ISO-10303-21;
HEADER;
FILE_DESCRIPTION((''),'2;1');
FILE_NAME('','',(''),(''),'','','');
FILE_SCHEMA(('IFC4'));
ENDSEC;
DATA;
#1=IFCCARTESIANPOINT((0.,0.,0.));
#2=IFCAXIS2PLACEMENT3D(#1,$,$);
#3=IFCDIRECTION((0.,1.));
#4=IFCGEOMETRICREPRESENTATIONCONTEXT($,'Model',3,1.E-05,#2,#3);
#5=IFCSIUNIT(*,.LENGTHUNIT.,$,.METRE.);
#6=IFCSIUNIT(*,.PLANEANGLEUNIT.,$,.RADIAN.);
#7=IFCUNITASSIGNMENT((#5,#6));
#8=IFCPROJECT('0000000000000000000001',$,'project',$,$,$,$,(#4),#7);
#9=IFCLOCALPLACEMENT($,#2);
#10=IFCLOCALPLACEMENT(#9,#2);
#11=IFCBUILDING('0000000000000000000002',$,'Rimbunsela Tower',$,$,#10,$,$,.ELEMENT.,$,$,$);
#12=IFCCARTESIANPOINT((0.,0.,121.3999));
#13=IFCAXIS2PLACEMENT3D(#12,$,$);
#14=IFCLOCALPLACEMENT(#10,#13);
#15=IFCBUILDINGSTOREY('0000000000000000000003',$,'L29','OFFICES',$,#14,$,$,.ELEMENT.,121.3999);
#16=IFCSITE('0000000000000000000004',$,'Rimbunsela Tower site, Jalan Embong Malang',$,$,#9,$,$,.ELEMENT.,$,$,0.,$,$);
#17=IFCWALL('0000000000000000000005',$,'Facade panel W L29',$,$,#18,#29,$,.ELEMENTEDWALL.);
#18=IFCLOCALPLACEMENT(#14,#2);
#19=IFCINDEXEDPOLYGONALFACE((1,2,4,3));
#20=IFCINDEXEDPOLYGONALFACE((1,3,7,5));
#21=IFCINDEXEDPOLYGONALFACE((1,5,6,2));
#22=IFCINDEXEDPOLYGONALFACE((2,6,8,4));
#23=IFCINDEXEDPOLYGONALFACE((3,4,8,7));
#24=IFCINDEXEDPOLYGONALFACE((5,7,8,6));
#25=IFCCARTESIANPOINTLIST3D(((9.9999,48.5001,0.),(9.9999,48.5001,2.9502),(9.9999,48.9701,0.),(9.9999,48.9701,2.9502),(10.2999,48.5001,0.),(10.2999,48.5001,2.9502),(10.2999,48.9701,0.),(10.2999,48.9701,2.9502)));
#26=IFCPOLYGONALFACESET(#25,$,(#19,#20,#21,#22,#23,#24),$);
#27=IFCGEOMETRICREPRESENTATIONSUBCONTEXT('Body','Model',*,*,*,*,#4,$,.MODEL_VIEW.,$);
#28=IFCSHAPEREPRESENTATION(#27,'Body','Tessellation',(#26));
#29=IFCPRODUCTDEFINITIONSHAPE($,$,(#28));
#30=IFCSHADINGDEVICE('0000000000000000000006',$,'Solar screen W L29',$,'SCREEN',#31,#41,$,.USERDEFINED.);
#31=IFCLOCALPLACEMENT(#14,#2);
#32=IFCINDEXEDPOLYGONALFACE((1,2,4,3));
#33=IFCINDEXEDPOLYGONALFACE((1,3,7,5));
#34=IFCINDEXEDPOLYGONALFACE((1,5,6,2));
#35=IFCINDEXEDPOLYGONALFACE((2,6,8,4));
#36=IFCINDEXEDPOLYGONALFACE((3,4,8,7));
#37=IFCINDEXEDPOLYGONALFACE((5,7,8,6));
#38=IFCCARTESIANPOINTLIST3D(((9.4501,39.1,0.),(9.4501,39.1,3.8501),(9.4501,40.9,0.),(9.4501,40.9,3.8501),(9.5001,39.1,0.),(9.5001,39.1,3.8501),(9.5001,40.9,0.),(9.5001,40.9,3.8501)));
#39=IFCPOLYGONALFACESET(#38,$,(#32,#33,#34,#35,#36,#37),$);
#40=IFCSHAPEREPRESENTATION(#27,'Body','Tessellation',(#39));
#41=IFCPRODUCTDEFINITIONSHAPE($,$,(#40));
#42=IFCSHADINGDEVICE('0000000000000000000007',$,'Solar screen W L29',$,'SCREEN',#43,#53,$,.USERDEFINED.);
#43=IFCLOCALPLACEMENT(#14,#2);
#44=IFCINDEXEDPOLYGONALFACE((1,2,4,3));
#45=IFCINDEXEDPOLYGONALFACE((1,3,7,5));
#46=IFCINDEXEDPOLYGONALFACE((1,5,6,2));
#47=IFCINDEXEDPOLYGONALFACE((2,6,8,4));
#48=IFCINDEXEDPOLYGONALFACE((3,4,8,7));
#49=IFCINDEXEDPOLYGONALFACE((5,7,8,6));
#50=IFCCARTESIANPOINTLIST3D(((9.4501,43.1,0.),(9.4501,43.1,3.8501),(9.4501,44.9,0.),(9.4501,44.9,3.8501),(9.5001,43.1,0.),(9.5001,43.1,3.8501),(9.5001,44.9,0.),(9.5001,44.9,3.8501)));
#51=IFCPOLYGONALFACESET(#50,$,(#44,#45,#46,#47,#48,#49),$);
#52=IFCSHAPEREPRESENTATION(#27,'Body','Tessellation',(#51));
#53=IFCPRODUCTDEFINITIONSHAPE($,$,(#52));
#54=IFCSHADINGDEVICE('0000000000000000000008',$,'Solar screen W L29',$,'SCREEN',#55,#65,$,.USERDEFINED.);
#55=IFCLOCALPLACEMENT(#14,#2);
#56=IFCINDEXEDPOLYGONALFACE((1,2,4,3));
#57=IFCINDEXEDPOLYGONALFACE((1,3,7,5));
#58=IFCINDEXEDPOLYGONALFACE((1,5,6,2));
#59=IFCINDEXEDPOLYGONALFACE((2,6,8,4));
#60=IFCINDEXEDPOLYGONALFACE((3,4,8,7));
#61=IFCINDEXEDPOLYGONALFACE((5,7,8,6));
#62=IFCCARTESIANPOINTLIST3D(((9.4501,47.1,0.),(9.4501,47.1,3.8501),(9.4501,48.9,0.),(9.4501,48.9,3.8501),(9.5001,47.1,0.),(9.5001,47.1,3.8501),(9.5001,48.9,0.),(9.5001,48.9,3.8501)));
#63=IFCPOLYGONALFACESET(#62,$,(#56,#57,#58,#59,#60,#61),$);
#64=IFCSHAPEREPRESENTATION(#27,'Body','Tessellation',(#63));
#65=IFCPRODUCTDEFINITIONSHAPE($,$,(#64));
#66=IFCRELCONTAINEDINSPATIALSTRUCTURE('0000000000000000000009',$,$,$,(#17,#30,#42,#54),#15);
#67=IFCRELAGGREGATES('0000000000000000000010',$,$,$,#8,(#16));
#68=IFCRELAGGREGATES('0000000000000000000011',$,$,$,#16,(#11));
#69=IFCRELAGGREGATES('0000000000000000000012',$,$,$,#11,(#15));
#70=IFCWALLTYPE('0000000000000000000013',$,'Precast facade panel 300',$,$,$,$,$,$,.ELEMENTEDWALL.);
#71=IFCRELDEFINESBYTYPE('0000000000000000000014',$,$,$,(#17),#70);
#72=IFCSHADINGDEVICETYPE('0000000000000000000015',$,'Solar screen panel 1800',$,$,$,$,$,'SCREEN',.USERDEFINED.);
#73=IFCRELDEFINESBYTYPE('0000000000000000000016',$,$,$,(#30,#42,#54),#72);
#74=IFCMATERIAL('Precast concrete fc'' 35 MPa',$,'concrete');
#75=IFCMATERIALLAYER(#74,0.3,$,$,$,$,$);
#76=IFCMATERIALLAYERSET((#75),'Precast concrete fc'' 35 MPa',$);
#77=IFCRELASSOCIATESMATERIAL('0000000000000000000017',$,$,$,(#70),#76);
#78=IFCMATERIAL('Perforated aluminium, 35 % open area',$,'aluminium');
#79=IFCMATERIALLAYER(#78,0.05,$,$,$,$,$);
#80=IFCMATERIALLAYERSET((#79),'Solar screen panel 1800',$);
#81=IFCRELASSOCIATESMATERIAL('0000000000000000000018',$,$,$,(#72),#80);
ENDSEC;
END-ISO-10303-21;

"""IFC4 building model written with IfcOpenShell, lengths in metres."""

from ifc_helpers import new_model, si_unit, direction, frame, frame_2d, origin, origin_2d, place, context, subcontext, project, spatial, rectangle, extrude, material, layer, layer_set, type_object, element, save


model = new_model("IFC4")

# Units and contexts
model_context = context("Model", 3, precision=1e-05, world=origin(), true_north=direction((0.0, 1.0)))
body_context = subcontext(model_context, "Body", "Model", "MODEL_VIEW")
ifc_project = project(units=[si_unit("LENGTHUNIT", "METRE"), si_unit("PLANEANGLEUNIT", "RADIAN")], contexts=[model_context])

# Site, building, storey
site_placement = place(None, origin())
site = spatial("IfcSite", under=ifc_project, at=site_placement, Name="Rimbunsela Tower site, Jalan Embong Malang", CompositionType="ELEMENT", RefElevation=0.0)
building_placement = place(site_placement, origin())
building = spatial("IfcBuilding", under=site, at=building_placement, Name="Rimbunsela Tower", CompositionType="ELEMENT")
storey_placement = place(building_placement, frame((0.0, 0.0, 121.3999)))
storey = spatial("IfcBuildingStorey", under=building, at=storey_placement, Name="L29", Description="OFFICES", CompositionType="ELEMENT", Elevation=121.3999)

# Shared definitions
ifc_material_1 = material(Name="Precast concrete fc' 35 MPa", Category="concrete")
ifc_layer_1 = layer(ifc_material_1, 0.3)
ifc_layer_set_1 = layer_set([ifc_layer_1], Name="Precast concrete fc' 35 MPa")
wall_type = type_object("IfcWallType", Name="Precast facade panel 300", PredefinedType="ELEMENTEDWALL", material=ifc_layer_set_1)

# Wall
wall_1_placement = place(storey_placement, frame((10.1499, 48.97, 0.0), z_axis=(0.0, 0.0, 1.0), x_axis=(0.0, -1.0, 0.0)))
element("IfcWall", 1, at=wall_1_placement, inside=storey, type_object=wall_type, Name="Facade panel W L29", PredefinedType="ELEMENTEDWALL", context=body_context, shape_type="SweptSolid", body=[
    extrude(rectangle(XDim=0.47, YDim=0.3, at=frame_2d((0.2349, 0.0))), origin(), (0.0, 0.0, 1.0), 2.9502),
])

# Shading devices
ifc_material_2 = material(Name="Perforated aluminium, 35 % open area", Category="aluminium")
ifc_layer_2 = layer(ifc_material_2, 0.05)
ifc_layer_set_2 = layer_set([ifc_layer_2], Name="Solar screen panel 1800")
shading_device_type = type_object("IfcShadingDeviceType", Name="Solar screen panel 1800", ElementType="SCREEN", PredefinedType="USERDEFINED", material=ifc_layer_set_2)
for number, where, z_axis, x_axis, name in (
    (2, (9.4751, 40.0, 0.0), (0.0, 0.0, 1.0), (0.0, 1.0, 0.0), "Solar screen W L29"),
    (3, (9.4751, 44.0, 0.0), (0.0, 0.0, 1.0), (0.0, 1.0, 0.0), "Solar screen W L29"),
    (4, (9.4751, 48.0, 0.0), (0.0, 0.0, 1.0), (0.0, 1.0, 0.0), "Solar screen W L29"),
):
    element("IfcShadingDevice", number, at=place(storey_placement, frame(where, z_axis=z_axis, x_axis=x_axis)), inside=storey, type_object=shading_device_type, Name=name, ObjectType="SCREEN", PredefinedType="USERDEFINED", context=body_context, shape_type="SweptSolid", body=[
        extrude(rectangle(XDim=1.8, YDim=0.05, at=origin_2d()), origin(), (0.0, 0.0, 1.0), 3.8501),
    ])

save(model, "model.ifc")
